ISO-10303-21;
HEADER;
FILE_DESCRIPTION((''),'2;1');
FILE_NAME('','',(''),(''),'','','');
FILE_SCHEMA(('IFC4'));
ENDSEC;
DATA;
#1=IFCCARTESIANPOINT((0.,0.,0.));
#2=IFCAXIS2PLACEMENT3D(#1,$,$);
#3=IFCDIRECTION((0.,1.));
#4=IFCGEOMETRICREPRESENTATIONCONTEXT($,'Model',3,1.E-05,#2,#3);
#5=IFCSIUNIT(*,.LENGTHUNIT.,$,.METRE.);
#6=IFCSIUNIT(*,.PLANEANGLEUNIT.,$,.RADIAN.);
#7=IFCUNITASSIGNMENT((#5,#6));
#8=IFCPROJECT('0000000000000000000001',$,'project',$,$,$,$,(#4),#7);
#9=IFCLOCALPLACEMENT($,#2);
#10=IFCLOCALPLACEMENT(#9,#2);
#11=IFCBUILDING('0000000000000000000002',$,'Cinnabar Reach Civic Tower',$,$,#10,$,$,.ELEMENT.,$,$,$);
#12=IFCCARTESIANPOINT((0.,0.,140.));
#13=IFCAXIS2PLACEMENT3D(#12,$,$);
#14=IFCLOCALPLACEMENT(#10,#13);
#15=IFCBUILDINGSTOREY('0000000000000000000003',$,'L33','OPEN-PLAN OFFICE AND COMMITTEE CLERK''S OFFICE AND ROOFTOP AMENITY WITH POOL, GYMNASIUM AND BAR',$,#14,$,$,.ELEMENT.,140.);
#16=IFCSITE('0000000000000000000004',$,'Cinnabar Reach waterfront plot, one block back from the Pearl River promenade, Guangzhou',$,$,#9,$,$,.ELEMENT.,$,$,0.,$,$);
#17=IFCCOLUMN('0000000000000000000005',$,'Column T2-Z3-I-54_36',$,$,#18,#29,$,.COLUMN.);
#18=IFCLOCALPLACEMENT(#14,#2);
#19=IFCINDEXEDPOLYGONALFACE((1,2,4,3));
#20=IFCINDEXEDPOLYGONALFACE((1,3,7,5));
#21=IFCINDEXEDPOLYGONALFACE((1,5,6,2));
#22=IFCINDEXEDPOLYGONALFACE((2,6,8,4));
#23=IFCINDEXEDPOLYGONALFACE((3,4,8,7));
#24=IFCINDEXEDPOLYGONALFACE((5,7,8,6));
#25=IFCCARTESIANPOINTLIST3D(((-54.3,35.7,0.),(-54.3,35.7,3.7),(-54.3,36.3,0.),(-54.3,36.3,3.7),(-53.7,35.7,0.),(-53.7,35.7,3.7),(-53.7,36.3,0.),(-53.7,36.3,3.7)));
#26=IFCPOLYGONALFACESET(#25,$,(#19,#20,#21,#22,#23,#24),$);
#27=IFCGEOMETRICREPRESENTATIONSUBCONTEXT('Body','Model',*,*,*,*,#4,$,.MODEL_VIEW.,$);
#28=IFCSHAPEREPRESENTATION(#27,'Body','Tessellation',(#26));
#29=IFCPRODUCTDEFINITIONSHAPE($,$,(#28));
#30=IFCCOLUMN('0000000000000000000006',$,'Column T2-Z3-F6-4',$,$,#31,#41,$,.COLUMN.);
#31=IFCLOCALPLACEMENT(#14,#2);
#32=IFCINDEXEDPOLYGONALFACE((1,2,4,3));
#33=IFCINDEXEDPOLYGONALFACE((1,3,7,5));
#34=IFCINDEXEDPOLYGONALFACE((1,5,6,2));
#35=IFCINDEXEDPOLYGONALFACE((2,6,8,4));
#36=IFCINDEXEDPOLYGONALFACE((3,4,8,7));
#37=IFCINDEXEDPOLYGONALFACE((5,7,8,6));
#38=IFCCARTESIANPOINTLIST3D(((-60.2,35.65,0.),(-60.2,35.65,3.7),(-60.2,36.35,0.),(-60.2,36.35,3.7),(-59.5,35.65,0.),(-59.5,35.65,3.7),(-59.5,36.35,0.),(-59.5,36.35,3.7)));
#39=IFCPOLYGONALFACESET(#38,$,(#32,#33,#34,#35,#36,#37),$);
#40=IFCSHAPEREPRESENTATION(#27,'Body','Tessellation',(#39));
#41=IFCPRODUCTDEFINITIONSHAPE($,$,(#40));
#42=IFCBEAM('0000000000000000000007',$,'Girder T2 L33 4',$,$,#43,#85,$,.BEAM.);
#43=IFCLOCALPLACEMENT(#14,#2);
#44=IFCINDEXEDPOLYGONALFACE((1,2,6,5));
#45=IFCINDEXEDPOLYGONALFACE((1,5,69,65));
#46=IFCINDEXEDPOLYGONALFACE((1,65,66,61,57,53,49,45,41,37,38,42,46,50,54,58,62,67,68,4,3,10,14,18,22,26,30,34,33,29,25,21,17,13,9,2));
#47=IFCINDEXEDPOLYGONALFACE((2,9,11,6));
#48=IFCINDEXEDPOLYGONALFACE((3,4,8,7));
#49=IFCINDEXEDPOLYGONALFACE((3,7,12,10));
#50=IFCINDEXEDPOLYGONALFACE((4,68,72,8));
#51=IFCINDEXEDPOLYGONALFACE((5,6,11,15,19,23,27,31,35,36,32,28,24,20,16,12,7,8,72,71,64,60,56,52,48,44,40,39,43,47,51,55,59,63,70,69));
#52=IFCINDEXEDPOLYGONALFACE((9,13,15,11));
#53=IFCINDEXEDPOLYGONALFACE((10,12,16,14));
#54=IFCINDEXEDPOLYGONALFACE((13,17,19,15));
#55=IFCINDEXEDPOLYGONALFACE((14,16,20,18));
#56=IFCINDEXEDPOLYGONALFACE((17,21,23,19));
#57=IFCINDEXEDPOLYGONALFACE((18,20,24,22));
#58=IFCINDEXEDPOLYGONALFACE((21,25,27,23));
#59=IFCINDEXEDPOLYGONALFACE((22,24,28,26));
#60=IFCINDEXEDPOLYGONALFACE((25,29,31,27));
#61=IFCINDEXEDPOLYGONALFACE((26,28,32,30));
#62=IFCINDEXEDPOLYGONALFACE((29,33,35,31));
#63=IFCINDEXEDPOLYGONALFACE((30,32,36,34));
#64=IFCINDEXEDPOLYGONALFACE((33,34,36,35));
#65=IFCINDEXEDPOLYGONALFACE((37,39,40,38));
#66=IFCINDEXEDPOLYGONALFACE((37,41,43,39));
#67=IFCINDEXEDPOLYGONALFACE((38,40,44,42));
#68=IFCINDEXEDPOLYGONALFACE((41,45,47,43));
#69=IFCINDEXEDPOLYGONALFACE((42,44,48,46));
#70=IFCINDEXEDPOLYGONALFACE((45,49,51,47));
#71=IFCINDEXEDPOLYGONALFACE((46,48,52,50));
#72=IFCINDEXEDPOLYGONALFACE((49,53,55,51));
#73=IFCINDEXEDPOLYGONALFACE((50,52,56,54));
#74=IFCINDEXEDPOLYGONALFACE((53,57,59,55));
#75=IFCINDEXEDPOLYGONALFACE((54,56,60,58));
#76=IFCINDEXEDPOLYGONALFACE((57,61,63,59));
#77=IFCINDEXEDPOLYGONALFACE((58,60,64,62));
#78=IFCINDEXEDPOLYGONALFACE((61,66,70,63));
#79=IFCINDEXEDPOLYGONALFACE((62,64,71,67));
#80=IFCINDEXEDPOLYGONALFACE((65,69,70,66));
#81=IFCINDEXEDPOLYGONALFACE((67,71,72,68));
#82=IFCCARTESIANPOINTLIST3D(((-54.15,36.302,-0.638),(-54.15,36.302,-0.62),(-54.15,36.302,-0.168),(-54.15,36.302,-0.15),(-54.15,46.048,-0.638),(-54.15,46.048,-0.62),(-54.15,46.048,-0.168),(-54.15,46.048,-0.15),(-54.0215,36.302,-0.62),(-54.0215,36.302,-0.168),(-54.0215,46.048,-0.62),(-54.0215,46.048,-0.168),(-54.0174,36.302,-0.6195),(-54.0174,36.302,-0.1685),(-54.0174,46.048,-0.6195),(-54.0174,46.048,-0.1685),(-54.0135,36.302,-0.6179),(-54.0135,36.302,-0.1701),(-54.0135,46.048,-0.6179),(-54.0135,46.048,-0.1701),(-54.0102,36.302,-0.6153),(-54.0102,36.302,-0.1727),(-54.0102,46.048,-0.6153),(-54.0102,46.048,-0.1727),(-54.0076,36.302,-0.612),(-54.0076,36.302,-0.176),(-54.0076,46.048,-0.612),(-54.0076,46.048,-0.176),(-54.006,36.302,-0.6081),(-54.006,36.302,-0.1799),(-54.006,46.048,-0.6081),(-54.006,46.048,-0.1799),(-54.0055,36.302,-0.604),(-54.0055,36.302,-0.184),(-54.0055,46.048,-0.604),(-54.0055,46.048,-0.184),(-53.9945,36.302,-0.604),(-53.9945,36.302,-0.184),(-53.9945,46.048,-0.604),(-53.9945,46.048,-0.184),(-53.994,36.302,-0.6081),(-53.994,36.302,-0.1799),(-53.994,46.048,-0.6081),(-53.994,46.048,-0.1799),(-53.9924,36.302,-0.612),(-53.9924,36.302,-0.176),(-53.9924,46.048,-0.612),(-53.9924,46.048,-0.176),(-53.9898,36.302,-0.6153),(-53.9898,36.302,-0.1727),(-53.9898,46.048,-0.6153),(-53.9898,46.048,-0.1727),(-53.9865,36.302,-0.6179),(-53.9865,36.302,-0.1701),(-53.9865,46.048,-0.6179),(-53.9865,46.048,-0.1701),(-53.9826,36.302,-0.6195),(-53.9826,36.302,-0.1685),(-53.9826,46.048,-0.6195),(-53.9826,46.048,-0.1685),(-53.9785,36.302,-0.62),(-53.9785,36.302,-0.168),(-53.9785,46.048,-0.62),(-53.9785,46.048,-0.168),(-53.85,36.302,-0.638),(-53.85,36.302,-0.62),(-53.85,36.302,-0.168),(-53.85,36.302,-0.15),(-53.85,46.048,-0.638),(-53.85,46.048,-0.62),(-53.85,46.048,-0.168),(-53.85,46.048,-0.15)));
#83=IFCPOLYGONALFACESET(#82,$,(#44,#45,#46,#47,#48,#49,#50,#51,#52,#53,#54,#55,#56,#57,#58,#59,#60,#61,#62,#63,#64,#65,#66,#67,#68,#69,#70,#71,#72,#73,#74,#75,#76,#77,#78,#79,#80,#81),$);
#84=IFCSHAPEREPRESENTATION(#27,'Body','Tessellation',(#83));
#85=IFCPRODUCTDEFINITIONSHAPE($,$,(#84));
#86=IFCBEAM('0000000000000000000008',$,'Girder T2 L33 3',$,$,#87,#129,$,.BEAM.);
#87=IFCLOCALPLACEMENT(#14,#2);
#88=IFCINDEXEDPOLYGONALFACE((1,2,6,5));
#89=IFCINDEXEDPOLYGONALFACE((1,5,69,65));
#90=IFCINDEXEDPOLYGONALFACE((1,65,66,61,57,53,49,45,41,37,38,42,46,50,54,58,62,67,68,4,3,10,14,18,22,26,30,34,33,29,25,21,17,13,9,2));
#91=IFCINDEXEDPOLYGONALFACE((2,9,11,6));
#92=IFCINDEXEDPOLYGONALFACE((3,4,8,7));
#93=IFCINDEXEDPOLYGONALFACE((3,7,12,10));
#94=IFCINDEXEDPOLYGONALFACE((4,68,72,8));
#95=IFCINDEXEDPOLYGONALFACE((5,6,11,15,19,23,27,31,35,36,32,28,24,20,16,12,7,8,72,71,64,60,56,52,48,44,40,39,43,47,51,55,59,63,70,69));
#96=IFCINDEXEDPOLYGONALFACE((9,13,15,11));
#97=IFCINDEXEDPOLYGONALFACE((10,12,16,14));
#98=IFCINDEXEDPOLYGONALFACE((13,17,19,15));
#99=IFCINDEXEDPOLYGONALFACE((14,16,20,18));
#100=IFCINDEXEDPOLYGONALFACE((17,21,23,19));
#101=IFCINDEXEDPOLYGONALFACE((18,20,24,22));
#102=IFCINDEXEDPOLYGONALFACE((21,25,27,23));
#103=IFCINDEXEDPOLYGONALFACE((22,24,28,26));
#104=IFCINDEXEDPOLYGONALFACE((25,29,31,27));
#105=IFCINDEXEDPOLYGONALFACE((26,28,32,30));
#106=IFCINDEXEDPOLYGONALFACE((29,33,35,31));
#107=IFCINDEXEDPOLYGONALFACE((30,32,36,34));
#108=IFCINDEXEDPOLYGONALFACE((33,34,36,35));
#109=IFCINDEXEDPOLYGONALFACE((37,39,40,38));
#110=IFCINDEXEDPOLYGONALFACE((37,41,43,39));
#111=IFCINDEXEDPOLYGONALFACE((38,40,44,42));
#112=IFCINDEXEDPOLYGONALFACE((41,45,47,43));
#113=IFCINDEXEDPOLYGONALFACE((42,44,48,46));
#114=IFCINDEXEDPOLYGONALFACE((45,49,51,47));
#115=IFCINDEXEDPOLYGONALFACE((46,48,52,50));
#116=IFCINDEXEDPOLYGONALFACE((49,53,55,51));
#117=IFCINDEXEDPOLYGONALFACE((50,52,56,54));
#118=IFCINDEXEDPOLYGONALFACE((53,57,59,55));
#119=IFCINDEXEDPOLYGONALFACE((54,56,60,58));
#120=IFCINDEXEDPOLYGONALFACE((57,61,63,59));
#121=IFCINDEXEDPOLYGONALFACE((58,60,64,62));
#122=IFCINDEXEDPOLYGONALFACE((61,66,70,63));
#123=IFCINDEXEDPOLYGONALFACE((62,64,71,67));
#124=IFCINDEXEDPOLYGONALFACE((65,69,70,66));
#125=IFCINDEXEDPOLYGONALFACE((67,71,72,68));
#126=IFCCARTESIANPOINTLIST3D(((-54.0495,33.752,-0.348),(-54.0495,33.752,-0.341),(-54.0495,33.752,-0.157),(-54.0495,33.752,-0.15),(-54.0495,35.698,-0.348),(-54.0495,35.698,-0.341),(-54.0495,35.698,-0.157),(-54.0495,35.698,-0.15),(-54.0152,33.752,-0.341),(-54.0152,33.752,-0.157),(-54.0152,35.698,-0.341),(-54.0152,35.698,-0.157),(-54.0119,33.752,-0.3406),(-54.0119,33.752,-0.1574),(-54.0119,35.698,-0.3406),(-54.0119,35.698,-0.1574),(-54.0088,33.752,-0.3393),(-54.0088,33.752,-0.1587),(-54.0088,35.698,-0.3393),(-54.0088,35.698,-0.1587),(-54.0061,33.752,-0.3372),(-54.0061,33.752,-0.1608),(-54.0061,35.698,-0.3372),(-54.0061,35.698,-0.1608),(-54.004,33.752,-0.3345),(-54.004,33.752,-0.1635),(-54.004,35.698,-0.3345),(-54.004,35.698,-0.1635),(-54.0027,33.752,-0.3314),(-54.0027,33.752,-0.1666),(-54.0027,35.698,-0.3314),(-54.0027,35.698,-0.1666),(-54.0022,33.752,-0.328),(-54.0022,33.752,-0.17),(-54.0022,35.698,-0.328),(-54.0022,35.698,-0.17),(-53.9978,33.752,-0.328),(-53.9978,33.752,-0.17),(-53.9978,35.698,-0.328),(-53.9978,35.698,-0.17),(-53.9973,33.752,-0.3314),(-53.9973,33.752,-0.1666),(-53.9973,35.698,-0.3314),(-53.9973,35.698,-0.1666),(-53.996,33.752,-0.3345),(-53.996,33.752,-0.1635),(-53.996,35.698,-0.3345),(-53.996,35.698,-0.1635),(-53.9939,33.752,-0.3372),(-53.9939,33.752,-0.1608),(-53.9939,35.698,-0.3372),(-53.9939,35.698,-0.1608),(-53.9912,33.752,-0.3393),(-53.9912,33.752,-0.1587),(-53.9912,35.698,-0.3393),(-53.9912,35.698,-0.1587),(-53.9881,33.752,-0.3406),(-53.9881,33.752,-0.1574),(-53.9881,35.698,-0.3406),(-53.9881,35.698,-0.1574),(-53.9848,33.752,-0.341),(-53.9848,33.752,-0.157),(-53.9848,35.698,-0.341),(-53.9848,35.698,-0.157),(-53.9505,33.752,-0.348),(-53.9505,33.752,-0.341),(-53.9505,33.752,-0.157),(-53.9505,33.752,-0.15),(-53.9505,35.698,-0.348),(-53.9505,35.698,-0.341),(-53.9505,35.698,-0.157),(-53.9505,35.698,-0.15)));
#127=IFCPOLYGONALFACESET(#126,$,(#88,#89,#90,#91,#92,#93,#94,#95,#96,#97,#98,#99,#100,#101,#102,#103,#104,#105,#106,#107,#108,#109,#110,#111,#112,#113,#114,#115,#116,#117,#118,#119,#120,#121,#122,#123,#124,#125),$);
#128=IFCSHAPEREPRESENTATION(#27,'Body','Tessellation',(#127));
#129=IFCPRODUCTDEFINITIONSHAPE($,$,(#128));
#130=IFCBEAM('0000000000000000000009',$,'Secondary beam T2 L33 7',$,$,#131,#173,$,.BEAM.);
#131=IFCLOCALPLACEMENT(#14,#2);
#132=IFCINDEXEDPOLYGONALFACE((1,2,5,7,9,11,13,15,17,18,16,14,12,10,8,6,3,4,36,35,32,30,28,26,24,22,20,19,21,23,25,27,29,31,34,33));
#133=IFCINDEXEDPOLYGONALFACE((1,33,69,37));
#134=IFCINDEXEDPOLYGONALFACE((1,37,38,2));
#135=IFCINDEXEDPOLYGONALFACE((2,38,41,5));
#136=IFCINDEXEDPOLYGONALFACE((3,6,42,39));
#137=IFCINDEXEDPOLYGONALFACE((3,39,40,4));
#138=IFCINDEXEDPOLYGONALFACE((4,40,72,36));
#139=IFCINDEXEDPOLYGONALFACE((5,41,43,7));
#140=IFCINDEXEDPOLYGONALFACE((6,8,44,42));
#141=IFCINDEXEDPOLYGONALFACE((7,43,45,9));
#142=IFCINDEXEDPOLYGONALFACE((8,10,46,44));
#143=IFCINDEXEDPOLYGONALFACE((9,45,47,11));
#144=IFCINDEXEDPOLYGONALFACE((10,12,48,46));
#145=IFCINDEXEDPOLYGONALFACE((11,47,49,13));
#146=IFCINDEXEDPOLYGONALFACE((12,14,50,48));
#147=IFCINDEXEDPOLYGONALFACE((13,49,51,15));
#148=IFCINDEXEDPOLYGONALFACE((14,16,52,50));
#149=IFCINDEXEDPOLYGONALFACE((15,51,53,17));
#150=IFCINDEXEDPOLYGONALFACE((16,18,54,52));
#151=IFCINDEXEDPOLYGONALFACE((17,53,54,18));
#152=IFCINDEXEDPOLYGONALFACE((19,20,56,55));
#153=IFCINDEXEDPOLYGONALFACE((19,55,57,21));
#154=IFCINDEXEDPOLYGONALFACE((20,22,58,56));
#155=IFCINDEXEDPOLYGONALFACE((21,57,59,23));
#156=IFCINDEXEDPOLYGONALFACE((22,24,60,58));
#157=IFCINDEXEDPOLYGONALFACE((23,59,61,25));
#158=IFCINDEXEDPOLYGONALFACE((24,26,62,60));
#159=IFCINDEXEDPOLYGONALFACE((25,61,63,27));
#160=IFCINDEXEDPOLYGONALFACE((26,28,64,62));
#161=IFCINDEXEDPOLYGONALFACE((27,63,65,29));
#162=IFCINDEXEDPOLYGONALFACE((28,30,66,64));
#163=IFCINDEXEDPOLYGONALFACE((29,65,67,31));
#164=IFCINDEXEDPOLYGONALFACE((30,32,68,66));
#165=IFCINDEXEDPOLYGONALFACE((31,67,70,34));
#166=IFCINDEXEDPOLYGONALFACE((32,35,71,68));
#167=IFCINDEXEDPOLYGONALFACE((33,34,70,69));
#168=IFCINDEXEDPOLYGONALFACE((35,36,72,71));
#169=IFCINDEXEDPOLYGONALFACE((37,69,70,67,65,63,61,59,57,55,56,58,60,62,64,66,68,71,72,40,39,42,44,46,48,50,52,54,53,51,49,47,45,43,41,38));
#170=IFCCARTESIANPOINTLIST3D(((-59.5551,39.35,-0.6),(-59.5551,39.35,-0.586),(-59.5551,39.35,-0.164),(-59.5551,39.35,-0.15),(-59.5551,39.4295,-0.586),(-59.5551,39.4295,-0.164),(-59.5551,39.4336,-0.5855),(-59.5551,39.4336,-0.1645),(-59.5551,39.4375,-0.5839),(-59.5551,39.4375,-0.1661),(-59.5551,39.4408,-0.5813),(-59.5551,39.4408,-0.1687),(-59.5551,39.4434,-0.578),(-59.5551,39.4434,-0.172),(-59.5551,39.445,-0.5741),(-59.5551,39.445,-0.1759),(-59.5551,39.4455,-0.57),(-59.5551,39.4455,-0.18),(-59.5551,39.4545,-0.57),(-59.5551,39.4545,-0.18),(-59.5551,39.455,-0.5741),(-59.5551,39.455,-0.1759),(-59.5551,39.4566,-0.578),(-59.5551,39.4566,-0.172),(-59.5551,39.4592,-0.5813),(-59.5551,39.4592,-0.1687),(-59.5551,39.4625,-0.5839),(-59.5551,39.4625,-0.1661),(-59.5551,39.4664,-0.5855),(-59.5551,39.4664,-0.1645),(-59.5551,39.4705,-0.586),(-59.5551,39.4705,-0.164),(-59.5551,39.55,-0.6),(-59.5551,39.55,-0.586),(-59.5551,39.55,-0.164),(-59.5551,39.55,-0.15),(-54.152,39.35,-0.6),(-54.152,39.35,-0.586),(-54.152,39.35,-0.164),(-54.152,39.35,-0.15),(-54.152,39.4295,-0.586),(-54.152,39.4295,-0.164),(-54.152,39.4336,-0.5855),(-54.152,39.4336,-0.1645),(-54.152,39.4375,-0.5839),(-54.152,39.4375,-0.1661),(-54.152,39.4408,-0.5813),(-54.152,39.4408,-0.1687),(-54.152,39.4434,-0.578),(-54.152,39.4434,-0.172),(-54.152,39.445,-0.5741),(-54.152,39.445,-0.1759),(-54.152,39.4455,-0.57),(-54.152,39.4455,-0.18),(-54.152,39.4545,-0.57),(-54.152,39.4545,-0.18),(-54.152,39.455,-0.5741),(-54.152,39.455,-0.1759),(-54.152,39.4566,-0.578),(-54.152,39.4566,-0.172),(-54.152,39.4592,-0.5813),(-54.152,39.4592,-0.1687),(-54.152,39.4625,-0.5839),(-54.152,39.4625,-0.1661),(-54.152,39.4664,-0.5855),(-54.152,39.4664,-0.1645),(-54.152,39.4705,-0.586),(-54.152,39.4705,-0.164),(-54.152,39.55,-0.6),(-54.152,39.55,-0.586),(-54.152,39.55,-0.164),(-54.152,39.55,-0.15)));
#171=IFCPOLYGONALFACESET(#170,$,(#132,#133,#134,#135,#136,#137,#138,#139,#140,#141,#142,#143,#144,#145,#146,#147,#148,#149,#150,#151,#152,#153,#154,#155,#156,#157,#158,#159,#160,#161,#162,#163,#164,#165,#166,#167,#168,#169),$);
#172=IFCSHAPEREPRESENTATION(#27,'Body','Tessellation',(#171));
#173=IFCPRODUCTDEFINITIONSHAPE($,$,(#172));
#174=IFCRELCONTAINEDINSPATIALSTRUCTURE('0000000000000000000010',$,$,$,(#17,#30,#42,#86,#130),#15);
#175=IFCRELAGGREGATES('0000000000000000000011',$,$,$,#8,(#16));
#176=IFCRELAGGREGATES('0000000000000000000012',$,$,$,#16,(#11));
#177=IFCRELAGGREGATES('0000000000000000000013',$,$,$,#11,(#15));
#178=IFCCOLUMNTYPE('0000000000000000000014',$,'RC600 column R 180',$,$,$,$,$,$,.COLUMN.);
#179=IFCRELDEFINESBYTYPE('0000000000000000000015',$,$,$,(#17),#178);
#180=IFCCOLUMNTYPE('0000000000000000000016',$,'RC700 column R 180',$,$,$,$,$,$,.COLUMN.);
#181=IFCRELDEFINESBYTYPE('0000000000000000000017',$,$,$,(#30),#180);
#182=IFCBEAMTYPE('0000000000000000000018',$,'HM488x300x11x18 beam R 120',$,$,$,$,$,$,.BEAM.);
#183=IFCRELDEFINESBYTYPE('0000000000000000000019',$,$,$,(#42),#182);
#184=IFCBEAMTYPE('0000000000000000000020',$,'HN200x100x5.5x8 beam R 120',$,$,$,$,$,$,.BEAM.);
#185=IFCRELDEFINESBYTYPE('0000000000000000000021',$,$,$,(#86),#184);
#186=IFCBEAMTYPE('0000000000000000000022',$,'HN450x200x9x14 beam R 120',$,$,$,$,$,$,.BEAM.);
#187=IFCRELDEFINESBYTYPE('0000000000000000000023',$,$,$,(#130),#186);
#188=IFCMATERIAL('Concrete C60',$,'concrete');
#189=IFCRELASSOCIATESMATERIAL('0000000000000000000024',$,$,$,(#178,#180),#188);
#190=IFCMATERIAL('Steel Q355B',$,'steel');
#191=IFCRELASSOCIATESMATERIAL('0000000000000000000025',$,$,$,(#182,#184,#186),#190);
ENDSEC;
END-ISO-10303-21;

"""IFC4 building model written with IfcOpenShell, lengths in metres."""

from ifc_helpers import new_model, si_unit, direction, frame, origin, origin_2d, place, context, subcontext, project, spatial, rectangle, i_section, extrude, material, material_profile, profile_set, type_object, element, save


model = new_model("IFC4")

# Units and contexts
model_context = context("Model", 3, precision=1e-05, world=origin(), true_north=direction((0.0, 1.0)))
body_context = subcontext(model_context, "Body", "Model", "MODEL_VIEW")
ifc_project = project(units=[si_unit("LENGTHUNIT", "METRE"), si_unit("PLANEANGLEUNIT", "RADIAN")], contexts=[model_context])

# Site, building, storey
site_placement = place(None, origin())
site = spatial("IfcSite", under=ifc_project, at=site_placement, Name="Cinnabar Reach waterfront plot, one block back from the Pearl River promenade, Guangzhou", CompositionType="ELEMENT", RefElevation=0.0)
building_placement = place(site_placement, origin())
building = spatial("IfcBuilding", under=site, at=building_placement, Name="Cinnabar Reach Civic Tower", CompositionType="ELEMENT")
storey_placement = place(building_placement, frame((0.0, 0.0, 140.0)))
storey = spatial("IfcBuildingStorey", under=building, at=storey_placement, Name="L33", Description="OPEN-PLAN OFFICE AND COMMITTEE CLERK'S OFFICE AND ROOFTOP AMENITY WITH POOL, GYMNASIUM AND BAR", CompositionType="ELEMENT", Elevation=140.0)

# Columns
ifc_material_1 = material(Name="Concrete C60", Category="concrete")
ifc_material_profile_1 = material_profile(ifc_material_1, rectangle(XDim=0.6, YDim=0.6, at=origin_2d()), Name="RC600")
ifc_profile_set_1 = profile_set([ifc_material_profile_1], Name="Concrete C60")
column_type_1 = type_object("IfcColumnType", Name="RC600 column R 180", PredefinedType="COLUMN", material=ifc_profile_set_1)
column_1_placement = place(storey_placement, frame((-54.0, 36.0, 0.0), z_axis=(0.0, 0.0, 1.0), x_axis=(1.0, 0.0, 0.0)))
element("IfcColumn", 1, at=column_1_placement, inside=storey, type_object=column_type_1, Name="Column T2-Z3-I-54_36", PredefinedType="COLUMN", context=body_context, shape_type="SweptSolid", body=[
    extrude(rectangle(XDim=0.6, YDim=0.6, at=origin_2d()), origin(), (0.0, 0.0, 1.0), 3.7),
])
ifc_material_profile_2 = material_profile(ifc_material_1, rectangle(XDim=0.7, YDim=0.7, at=origin_2d()), Name="RC700")
ifc_profile_set_2 = profile_set([ifc_material_profile_2], Name="Concrete C60")
column_type_2 = type_object("IfcColumnType", Name="RC700 column R 180", PredefinedType="COLUMN", material=ifc_profile_set_2)
column_2_placement = place(storey_placement, frame((-59.85, 36.0, 0.0), z_axis=(0.0, 0.0, 1.0), x_axis=(1.0, 0.0, 0.0)))
element("IfcColumn", 2, at=column_2_placement, inside=storey, type_object=column_type_2, Name="Column T2-Z3-F6-4", PredefinedType="COLUMN", context=body_context, shape_type="SweptSolid", body=[
    extrude(rectangle(XDim=0.7, YDim=0.7, at=origin_2d()), origin(), (0.0, 0.0, 1.0), 3.7),
])

# Beams
ifc_material_2 = material(Name="Steel Q355B", Category="steel")
ifc_material_profile_3 = material_profile(ifc_material_2, i_section(OverallWidth=0.3, OverallDepth=0.488, WebThickness=0.011, FlangeThickness=0.018, FilletRadius=0.016, at=origin_2d()), Name="HM488x300x11x18")
ifc_profile_set_3 = profile_set([ifc_material_profile_3], Name="Steel Q355B")
beam_type_1 = type_object("IfcBeamType", Name="HM488x300x11x18 beam R 120", PredefinedType="BEAM", material=ifc_profile_set_3)
beam_1_placement = place(storey_placement, frame((-54.0, 36.302, -0.394), z_axis=(0.0, 1.0, 0.0), x_axis=(-1.0, 0.0, 0.0)))
element("IfcBeam", 3, at=beam_1_placement, inside=storey, type_object=beam_type_1, Name="Girder T2 L33 4", PredefinedType="BEAM", context=body_context, shape_type="SweptSolid", body=[
    extrude(i_section(OverallWidth=0.3, OverallDepth=0.488, WebThickness=0.011, FlangeThickness=0.018, FilletRadius=0.016, at=origin_2d()), origin(), (0.0, 0.0, 1.0), 9.746),
])
ifc_material_profile_4 = material_profile(ifc_material_2, i_section(OverallWidth=0.099, OverallDepth=0.198, WebThickness=0.0045, FlangeThickness=0.007, FilletRadius=0.013, at=origin_2d()), Name="HN200x100x5.5x8")
ifc_profile_set_4 = profile_set([ifc_material_profile_4], Name="Steel Q355B")
beam_type_2 = type_object("IfcBeamType", Name="HN200x100x5.5x8 beam R 120", PredefinedType="BEAM", material=ifc_profile_set_4)
beam_2_placement = place(storey_placement, frame((-54.0, 33.752, -0.249), z_axis=(0.0, 1.0, 0.0), x_axis=(-1.0, 0.0, 0.0)))
element("IfcBeam", 4, at=beam_2_placement, inside=storey, type_object=beam_type_2, Name="Girder T2 L33 3", PredefinedType="BEAM", context=body_context, shape_type="SweptSolid", body=[
    extrude(i_section(OverallWidth=0.099, OverallDepth=0.198, WebThickness=0.0045, FlangeThickness=0.007, FilletRadius=0.013, at=origin_2d()), origin(), (0.0, 0.0, 1.0), 1.946),
])
ifc_material_profile_5 = material_profile(ifc_material_2, i_section(OverallWidth=0.2, OverallDepth=0.45, WebThickness=0.009, FlangeThickness=0.014, FilletRadius=0.016, at=origin_2d()), Name="HN450x200x9x14")
ifc_profile_set_5 = profile_set([ifc_material_profile_5], Name="Steel Q355B")
beam_type_3 = type_object("IfcBeamType", Name="HN450x200x9x14 beam R 120", PredefinedType="BEAM", material=ifc_profile_set_5)
beam_3_placement = place(storey_placement, frame((-59.5551, 39.45, -0.375), z_axis=(1.0, 0.0, 0.0), x_axis=(0.0, 1.0, 0.0)))
element("IfcBeam", 5, at=beam_3_placement, inside=storey, type_object=beam_type_3, Name="Secondary beam T2 L33 7", PredefinedType="BEAM", context=body_context, shape_type="SweptSolid", body=[
    extrude(i_section(OverallWidth=0.2, OverallDepth=0.45, WebThickness=0.009, FlangeThickness=0.014, FilletRadius=0.016, at=origin_2d()), origin(), (0.0, 0.0, 1.0), 5.4031),
])

save(model, "model.ifc")
